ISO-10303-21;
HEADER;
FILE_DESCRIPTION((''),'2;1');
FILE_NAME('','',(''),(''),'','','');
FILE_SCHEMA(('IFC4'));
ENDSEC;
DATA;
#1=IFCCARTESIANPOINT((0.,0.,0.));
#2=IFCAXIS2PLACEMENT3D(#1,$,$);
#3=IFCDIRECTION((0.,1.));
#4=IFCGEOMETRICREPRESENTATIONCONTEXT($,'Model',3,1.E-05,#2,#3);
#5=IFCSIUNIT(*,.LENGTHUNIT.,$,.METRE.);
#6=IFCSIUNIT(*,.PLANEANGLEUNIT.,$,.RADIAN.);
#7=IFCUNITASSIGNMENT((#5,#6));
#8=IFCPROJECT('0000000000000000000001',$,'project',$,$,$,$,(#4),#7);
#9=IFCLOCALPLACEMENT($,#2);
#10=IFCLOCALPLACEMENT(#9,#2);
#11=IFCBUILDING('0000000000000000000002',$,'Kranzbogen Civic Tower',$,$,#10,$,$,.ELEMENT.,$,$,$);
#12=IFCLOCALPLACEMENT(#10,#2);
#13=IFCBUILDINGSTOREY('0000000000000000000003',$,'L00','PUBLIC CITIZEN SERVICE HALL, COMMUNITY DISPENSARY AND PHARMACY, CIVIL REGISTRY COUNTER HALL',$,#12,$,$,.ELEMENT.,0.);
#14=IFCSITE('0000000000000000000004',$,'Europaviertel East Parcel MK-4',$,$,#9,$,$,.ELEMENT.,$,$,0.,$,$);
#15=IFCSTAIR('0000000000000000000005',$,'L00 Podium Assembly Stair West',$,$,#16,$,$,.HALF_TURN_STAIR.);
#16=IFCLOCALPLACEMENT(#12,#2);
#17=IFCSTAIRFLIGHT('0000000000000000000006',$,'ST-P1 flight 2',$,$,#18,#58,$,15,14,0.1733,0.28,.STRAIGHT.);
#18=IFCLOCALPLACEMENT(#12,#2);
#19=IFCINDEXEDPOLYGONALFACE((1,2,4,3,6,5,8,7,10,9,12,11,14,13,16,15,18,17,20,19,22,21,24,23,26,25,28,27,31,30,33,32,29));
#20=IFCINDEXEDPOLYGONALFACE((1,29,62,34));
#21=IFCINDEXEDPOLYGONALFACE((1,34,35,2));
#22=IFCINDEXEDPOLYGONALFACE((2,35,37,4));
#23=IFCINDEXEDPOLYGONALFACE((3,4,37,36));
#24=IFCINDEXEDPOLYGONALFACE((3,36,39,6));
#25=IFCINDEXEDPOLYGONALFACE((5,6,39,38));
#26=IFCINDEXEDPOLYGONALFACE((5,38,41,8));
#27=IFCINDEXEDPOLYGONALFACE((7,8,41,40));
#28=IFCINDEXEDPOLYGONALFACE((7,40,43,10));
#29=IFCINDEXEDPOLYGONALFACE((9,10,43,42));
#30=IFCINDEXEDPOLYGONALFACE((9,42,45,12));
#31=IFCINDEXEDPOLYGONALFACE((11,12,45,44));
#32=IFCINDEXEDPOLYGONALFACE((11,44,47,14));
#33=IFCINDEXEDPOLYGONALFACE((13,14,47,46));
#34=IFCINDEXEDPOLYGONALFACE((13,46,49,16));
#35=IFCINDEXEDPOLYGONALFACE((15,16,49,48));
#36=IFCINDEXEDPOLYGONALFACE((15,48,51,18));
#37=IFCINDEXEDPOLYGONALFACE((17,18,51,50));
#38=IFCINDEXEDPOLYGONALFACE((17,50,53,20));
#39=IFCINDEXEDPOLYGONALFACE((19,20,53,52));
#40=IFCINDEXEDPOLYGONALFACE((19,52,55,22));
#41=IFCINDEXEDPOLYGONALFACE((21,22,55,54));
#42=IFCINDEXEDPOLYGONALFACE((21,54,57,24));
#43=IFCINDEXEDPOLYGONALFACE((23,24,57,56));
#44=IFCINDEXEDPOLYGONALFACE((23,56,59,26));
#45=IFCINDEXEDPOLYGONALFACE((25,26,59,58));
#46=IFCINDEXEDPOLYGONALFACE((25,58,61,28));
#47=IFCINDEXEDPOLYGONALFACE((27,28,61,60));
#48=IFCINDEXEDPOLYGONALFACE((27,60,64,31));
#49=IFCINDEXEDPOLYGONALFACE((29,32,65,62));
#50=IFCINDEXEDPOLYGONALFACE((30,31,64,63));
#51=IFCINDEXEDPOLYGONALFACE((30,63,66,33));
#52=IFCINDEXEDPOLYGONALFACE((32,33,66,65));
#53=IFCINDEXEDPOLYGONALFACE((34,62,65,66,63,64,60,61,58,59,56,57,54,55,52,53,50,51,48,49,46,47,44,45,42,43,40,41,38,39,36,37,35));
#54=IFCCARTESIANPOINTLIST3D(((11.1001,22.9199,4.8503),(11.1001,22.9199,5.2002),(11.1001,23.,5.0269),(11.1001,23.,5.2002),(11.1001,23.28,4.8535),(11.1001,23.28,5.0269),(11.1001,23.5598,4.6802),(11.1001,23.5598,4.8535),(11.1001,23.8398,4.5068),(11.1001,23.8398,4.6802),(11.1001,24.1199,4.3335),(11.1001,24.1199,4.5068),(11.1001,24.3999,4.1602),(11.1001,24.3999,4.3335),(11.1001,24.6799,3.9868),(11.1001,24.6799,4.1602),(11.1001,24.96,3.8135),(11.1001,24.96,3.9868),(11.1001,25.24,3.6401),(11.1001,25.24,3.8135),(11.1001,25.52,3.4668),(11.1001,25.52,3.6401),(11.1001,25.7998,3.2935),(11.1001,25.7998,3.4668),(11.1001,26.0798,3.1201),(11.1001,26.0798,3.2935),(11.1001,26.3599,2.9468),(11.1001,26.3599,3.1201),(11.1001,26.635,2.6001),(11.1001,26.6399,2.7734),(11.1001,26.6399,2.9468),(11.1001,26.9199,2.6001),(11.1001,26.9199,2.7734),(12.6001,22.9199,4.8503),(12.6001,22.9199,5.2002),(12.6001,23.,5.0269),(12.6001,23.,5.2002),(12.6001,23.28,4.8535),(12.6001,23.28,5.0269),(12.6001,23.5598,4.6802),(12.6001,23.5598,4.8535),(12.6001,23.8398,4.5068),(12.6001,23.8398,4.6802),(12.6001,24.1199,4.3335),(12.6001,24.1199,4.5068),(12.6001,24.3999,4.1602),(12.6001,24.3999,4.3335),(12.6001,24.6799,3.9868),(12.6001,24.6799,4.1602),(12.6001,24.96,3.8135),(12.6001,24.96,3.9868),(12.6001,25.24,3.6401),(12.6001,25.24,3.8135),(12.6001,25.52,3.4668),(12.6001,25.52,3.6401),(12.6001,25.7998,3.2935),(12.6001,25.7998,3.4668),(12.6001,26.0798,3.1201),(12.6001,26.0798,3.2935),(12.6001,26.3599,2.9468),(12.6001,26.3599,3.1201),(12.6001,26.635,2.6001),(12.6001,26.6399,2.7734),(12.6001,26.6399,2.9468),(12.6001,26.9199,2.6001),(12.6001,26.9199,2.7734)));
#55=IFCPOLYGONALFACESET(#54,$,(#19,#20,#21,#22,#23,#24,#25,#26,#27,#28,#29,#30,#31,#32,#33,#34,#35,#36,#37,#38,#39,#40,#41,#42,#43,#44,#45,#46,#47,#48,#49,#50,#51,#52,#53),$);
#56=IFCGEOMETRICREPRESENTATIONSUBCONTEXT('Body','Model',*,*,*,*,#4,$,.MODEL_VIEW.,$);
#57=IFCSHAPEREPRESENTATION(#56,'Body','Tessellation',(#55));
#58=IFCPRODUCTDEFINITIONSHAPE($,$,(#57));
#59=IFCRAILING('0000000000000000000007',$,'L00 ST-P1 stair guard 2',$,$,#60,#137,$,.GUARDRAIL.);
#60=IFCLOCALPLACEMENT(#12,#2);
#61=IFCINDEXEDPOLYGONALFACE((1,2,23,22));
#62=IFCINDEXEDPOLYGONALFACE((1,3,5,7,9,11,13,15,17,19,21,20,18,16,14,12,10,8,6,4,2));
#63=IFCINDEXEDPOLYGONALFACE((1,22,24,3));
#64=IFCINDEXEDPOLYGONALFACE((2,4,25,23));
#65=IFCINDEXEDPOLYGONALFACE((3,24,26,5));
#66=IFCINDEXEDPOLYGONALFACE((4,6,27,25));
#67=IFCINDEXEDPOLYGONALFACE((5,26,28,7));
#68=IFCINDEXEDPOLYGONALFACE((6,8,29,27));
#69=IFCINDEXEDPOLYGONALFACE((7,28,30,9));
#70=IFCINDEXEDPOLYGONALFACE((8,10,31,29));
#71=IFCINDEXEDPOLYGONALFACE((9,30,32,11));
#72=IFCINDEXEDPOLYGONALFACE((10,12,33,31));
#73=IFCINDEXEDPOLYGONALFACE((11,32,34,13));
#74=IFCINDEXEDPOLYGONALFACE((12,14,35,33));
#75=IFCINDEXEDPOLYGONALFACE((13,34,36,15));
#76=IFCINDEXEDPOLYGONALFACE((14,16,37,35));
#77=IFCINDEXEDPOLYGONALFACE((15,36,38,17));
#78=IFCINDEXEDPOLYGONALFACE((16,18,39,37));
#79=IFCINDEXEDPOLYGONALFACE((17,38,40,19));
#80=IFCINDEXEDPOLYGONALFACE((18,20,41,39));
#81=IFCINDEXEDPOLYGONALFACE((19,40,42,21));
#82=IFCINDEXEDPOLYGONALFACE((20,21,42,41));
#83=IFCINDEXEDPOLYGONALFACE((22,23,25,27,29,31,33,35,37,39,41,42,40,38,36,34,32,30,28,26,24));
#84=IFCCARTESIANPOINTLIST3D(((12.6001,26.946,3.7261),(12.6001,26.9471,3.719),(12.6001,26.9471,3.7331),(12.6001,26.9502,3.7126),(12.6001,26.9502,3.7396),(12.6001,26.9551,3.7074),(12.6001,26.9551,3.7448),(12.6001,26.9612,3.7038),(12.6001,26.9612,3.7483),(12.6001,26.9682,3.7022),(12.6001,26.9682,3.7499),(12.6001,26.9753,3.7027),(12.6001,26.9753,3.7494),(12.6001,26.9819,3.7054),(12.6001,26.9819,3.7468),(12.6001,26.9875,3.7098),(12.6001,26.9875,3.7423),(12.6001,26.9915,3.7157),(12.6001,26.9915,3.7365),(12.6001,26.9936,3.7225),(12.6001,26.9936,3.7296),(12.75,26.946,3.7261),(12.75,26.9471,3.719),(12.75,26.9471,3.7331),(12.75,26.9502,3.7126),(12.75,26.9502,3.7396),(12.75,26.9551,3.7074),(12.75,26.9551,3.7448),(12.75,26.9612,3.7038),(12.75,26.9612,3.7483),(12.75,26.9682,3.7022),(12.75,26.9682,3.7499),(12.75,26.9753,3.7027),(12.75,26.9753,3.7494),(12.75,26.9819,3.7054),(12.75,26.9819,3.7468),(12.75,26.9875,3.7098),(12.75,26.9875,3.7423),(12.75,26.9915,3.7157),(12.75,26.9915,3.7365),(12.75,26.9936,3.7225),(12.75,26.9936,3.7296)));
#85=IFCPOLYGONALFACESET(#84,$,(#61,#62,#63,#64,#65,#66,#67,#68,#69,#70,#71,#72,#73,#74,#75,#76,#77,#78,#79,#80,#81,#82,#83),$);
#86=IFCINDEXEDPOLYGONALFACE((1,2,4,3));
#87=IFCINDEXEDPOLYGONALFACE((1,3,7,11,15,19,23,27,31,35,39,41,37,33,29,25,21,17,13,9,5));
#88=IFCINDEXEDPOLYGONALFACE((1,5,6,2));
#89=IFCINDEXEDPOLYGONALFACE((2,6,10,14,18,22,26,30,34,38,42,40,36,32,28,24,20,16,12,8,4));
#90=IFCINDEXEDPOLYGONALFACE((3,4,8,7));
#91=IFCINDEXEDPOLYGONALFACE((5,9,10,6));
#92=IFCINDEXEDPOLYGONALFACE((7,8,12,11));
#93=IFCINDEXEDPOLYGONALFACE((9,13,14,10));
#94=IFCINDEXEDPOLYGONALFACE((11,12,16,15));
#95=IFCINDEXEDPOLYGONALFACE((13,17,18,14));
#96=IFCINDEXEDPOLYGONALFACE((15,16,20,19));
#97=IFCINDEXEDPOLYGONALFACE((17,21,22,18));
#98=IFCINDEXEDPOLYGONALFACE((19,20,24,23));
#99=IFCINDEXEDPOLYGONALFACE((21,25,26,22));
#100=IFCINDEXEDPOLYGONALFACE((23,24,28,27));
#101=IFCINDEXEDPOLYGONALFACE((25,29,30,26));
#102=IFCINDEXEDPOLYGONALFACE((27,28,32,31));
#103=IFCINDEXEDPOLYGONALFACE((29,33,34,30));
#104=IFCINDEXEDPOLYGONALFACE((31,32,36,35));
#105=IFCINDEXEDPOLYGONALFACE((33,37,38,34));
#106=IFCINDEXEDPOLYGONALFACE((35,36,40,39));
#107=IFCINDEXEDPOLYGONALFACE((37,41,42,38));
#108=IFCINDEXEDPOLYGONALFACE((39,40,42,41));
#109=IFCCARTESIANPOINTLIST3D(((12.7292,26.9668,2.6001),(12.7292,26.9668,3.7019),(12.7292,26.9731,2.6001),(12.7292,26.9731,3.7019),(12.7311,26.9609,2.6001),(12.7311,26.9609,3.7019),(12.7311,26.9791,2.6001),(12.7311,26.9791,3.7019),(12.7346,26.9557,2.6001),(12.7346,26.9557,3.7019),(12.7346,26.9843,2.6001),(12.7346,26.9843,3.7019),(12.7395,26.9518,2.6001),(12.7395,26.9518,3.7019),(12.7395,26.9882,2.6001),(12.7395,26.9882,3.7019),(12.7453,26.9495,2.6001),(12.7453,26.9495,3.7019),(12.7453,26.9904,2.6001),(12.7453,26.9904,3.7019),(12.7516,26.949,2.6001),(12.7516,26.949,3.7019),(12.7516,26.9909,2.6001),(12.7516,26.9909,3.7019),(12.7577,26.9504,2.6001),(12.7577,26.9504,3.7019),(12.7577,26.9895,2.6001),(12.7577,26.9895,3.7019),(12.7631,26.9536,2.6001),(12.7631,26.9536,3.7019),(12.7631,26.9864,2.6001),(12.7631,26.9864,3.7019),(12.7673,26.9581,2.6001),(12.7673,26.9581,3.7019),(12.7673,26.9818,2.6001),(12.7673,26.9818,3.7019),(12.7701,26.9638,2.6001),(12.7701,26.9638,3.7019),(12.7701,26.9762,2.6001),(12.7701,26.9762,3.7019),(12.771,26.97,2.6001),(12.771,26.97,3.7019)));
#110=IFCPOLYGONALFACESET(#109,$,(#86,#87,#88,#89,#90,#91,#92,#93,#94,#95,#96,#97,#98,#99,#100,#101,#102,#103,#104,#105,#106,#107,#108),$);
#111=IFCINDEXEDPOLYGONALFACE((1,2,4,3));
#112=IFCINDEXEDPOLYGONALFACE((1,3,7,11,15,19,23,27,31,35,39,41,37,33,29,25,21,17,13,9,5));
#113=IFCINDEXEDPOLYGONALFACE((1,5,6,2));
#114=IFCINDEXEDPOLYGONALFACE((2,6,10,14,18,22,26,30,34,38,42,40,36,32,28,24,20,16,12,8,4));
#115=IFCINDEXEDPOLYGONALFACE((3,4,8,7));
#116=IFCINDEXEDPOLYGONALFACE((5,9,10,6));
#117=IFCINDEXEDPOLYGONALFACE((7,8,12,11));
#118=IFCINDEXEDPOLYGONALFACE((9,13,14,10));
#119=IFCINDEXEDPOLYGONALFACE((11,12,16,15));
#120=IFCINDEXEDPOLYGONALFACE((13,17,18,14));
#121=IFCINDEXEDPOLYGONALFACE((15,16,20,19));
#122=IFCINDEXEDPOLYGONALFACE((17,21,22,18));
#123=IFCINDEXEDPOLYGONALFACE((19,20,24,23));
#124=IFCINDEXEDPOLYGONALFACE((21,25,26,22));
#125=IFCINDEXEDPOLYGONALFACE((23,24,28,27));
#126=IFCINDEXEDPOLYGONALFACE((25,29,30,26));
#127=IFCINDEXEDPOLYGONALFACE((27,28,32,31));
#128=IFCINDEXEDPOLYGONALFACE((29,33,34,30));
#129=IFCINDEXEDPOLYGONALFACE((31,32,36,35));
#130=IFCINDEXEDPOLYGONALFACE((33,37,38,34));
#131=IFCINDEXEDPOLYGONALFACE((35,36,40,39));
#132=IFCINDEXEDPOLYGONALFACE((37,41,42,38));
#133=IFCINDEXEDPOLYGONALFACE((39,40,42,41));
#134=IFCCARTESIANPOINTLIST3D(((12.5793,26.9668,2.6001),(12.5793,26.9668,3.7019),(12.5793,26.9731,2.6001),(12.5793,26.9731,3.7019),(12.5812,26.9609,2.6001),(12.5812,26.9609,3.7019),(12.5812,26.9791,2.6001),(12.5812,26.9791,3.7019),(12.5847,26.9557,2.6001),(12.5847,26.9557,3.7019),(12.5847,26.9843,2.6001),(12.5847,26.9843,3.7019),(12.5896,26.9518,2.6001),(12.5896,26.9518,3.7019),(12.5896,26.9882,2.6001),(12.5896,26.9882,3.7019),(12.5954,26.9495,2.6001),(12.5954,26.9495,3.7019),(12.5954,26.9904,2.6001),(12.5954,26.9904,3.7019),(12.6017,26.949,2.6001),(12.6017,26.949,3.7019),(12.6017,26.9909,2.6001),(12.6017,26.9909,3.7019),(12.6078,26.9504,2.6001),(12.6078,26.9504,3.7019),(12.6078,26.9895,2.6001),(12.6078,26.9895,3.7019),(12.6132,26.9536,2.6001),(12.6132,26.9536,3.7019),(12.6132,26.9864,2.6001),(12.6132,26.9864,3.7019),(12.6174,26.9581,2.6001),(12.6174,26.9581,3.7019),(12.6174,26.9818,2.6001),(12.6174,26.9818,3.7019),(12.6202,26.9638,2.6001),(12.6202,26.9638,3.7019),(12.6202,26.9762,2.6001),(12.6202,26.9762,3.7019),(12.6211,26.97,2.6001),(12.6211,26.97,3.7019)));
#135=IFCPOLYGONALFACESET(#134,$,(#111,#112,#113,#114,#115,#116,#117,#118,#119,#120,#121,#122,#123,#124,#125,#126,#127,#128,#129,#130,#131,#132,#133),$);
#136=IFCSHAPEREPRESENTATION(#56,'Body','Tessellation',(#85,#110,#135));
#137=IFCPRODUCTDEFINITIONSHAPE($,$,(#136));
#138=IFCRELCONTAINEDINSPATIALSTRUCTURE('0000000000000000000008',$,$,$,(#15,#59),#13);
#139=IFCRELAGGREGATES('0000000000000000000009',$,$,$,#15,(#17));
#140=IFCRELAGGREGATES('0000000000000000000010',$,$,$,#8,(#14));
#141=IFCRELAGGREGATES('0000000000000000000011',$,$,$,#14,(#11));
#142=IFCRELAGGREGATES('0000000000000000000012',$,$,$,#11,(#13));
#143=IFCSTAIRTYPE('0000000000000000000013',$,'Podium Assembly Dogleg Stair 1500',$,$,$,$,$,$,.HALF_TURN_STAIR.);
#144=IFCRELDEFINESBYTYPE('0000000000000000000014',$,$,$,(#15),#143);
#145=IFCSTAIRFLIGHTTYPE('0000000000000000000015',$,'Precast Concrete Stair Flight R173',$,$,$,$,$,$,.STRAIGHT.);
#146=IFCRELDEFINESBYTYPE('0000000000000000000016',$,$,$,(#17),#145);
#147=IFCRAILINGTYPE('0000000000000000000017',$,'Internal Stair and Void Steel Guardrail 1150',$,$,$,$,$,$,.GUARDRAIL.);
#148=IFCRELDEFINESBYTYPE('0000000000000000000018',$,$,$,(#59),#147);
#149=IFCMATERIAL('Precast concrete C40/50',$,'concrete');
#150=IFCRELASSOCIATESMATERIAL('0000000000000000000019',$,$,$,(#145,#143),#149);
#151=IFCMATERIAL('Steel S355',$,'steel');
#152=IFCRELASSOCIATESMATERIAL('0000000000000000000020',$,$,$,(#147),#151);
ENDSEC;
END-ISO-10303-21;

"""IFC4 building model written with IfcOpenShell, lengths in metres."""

from ifc_helpers import new_model, si_unit, direction, frame, origin, origin_2d, place, context, subcontext, project, spatial, polyline, circle, outline, extrude, material, type_object, element, aggregate, save


model = new_model("IFC4")

# Units and contexts
model_context = context("Model", 3, precision=1e-05, world=origin(), true_north=direction((0.0, 1.0)))
body_context = subcontext(model_context, "Body", "Model", "MODEL_VIEW")
ifc_project = project(units=[si_unit("LENGTHUNIT", "METRE"), si_unit("PLANEANGLEUNIT", "RADIAN")], contexts=[model_context])

# Site, building, storey
site_placement = place(None, origin())
site = spatial("IfcSite", under=ifc_project, at=site_placement, Name="Europaviertel East Parcel MK-4", CompositionType="ELEMENT", RefElevation=0.0)
building_placement = place(site_placement, origin())
building = spatial("IfcBuilding", under=site, at=building_placement, Name="Kranzbogen Civic Tower", CompositionType="ELEMENT")
storey_placement = place(building_placement, origin())
storey = spatial("IfcBuildingStorey", under=building, at=storey_placement, Name="L00", Description="PUBLIC CITIZEN SERVICE HALL, COMMUNITY DISPENSARY AND PHARMACY, CIVIL REGISTRY COUNTER HALL", CompositionType="ELEMENT", Elevation=0.0)

# Shared definitions
ifc_material_1 = material(Name="Steel S355", Category="steel")

# Stair, stair flight
ifc_material_2 = material(Name="Precast concrete C40/50", Category="concrete")
stair_flight_type = type_object("IfcStairFlightType", Name="Precast Concrete Stair Flight R173", PredefinedType="STRAIGHT", material=ifc_material_2)
stair_type_1 = type_object("IfcStairType", Name="Podium Assembly Dogleg Stair 1500", PredefinedType="HALF_TURN_STAIR", material=ifc_material_2)
stair_1_placement = place(storey_placement, origin())
stair_1 = element("IfcStair", 1, at=stair_1_placement, inside=storey, type_object=stair_type_1, Name="L00 Podium Assembly Stair West", PredefinedType="HALF_TURN_STAIR")
stair_flight_1_placement = place(storey_placement, frame((11.8501, 26.9199, 2.6001), z_axis=(0.0, 0.0, 1.0), x_axis=(0.0, -1.0, 0.0)))
stair_flight_1 = element("IfcStairFlight", 2, at=stair_flight_1_placement, type_object=stair_flight_type, Name="ST-P1 flight 2", NumberOfRisers=15, NumberOfTreads=14, PredefinedType="STRAIGHT", RiserHeight=0.1733, TreadLength=0.28, context=body_context, shape_type="SweptSolid", body=[
    extrude(outline(polyline([(0.0, 0.0), (0.0, 0.1733), (0.28, 0.1733), (0.28, 0.3467), (0.5601, 0.3467), (0.5601, 0.52), (0.8401, 0.52), (0.8401, 0.6934), (1.1201, 0.6934), (1.1201, 0.8667), (1.3999, 0.8667), (1.3999, 1.04), (1.6799, 1.04), (1.6799, 1.2134), (1.96, 1.2134), (1.96, 1.3867), (2.24, 1.3867), (2.24, 1.5601), (2.52, 1.5601), (2.52, 1.7334), (2.8, 1.7334), (2.8, 1.9067), (3.0801, 1.9067), (3.0801, 2.0801), (3.3601, 2.0801), (3.3601, 2.2534), (3.6399, 2.2534), (3.6399, 2.4268), (3.9199, 2.4268), (3.9199, 2.6001), (4.0, 2.6001), (4.0, 2.2502), (0.2849, 0.0), (0.0, 0.0)])), frame((0.0, 0.75, 0.0), z_axis=(0.0, -1.0, 0.0), x_axis=(1.0, 0.0, 0.0)), (0.0, 0.0, 1.0), 1.5),
])
aggregate(stair_1, [stair_flight_1])

# Railing
railing_type_1 = type_object("IfcRailingType", Name="Internal Stair and Void Steel Guardrail 1150", PredefinedType="GUARDRAIL", material=ifc_material_1)
railing_1_placement = place(storey_placement, frame((12.75, 26.97, 2.6001)))
element("IfcRailing", 3, at=railing_1_placement, inside=storey, type_object=railing_type_1, Name="L00 ST-P1 stair guard 2", PredefinedType="GUARDRAIL", context=body_context, shape_type="SweptSolid", body=[
    extrude(circle(Radius=0.0239, at=origin_2d()), frame((0.0, 0.0, 1.126), z_axis=(-1.0, 0.0, 0.0), x_axis=(0.0, -1.0, 0.0)), (0.0, 0.0, 1.0), 0.1499),
    extrude(circle(Radius=0.021, at=origin_2d()), origin(), (0.0, 0.0, 1.0), 1.1018),
    extrude(circle(Radius=0.021, at=origin_2d()), frame((-0.1499, 0.0, 0.0)), (0.0, 0.0, 1.0), 1.1018),
])

save(model, "model.ifc")
